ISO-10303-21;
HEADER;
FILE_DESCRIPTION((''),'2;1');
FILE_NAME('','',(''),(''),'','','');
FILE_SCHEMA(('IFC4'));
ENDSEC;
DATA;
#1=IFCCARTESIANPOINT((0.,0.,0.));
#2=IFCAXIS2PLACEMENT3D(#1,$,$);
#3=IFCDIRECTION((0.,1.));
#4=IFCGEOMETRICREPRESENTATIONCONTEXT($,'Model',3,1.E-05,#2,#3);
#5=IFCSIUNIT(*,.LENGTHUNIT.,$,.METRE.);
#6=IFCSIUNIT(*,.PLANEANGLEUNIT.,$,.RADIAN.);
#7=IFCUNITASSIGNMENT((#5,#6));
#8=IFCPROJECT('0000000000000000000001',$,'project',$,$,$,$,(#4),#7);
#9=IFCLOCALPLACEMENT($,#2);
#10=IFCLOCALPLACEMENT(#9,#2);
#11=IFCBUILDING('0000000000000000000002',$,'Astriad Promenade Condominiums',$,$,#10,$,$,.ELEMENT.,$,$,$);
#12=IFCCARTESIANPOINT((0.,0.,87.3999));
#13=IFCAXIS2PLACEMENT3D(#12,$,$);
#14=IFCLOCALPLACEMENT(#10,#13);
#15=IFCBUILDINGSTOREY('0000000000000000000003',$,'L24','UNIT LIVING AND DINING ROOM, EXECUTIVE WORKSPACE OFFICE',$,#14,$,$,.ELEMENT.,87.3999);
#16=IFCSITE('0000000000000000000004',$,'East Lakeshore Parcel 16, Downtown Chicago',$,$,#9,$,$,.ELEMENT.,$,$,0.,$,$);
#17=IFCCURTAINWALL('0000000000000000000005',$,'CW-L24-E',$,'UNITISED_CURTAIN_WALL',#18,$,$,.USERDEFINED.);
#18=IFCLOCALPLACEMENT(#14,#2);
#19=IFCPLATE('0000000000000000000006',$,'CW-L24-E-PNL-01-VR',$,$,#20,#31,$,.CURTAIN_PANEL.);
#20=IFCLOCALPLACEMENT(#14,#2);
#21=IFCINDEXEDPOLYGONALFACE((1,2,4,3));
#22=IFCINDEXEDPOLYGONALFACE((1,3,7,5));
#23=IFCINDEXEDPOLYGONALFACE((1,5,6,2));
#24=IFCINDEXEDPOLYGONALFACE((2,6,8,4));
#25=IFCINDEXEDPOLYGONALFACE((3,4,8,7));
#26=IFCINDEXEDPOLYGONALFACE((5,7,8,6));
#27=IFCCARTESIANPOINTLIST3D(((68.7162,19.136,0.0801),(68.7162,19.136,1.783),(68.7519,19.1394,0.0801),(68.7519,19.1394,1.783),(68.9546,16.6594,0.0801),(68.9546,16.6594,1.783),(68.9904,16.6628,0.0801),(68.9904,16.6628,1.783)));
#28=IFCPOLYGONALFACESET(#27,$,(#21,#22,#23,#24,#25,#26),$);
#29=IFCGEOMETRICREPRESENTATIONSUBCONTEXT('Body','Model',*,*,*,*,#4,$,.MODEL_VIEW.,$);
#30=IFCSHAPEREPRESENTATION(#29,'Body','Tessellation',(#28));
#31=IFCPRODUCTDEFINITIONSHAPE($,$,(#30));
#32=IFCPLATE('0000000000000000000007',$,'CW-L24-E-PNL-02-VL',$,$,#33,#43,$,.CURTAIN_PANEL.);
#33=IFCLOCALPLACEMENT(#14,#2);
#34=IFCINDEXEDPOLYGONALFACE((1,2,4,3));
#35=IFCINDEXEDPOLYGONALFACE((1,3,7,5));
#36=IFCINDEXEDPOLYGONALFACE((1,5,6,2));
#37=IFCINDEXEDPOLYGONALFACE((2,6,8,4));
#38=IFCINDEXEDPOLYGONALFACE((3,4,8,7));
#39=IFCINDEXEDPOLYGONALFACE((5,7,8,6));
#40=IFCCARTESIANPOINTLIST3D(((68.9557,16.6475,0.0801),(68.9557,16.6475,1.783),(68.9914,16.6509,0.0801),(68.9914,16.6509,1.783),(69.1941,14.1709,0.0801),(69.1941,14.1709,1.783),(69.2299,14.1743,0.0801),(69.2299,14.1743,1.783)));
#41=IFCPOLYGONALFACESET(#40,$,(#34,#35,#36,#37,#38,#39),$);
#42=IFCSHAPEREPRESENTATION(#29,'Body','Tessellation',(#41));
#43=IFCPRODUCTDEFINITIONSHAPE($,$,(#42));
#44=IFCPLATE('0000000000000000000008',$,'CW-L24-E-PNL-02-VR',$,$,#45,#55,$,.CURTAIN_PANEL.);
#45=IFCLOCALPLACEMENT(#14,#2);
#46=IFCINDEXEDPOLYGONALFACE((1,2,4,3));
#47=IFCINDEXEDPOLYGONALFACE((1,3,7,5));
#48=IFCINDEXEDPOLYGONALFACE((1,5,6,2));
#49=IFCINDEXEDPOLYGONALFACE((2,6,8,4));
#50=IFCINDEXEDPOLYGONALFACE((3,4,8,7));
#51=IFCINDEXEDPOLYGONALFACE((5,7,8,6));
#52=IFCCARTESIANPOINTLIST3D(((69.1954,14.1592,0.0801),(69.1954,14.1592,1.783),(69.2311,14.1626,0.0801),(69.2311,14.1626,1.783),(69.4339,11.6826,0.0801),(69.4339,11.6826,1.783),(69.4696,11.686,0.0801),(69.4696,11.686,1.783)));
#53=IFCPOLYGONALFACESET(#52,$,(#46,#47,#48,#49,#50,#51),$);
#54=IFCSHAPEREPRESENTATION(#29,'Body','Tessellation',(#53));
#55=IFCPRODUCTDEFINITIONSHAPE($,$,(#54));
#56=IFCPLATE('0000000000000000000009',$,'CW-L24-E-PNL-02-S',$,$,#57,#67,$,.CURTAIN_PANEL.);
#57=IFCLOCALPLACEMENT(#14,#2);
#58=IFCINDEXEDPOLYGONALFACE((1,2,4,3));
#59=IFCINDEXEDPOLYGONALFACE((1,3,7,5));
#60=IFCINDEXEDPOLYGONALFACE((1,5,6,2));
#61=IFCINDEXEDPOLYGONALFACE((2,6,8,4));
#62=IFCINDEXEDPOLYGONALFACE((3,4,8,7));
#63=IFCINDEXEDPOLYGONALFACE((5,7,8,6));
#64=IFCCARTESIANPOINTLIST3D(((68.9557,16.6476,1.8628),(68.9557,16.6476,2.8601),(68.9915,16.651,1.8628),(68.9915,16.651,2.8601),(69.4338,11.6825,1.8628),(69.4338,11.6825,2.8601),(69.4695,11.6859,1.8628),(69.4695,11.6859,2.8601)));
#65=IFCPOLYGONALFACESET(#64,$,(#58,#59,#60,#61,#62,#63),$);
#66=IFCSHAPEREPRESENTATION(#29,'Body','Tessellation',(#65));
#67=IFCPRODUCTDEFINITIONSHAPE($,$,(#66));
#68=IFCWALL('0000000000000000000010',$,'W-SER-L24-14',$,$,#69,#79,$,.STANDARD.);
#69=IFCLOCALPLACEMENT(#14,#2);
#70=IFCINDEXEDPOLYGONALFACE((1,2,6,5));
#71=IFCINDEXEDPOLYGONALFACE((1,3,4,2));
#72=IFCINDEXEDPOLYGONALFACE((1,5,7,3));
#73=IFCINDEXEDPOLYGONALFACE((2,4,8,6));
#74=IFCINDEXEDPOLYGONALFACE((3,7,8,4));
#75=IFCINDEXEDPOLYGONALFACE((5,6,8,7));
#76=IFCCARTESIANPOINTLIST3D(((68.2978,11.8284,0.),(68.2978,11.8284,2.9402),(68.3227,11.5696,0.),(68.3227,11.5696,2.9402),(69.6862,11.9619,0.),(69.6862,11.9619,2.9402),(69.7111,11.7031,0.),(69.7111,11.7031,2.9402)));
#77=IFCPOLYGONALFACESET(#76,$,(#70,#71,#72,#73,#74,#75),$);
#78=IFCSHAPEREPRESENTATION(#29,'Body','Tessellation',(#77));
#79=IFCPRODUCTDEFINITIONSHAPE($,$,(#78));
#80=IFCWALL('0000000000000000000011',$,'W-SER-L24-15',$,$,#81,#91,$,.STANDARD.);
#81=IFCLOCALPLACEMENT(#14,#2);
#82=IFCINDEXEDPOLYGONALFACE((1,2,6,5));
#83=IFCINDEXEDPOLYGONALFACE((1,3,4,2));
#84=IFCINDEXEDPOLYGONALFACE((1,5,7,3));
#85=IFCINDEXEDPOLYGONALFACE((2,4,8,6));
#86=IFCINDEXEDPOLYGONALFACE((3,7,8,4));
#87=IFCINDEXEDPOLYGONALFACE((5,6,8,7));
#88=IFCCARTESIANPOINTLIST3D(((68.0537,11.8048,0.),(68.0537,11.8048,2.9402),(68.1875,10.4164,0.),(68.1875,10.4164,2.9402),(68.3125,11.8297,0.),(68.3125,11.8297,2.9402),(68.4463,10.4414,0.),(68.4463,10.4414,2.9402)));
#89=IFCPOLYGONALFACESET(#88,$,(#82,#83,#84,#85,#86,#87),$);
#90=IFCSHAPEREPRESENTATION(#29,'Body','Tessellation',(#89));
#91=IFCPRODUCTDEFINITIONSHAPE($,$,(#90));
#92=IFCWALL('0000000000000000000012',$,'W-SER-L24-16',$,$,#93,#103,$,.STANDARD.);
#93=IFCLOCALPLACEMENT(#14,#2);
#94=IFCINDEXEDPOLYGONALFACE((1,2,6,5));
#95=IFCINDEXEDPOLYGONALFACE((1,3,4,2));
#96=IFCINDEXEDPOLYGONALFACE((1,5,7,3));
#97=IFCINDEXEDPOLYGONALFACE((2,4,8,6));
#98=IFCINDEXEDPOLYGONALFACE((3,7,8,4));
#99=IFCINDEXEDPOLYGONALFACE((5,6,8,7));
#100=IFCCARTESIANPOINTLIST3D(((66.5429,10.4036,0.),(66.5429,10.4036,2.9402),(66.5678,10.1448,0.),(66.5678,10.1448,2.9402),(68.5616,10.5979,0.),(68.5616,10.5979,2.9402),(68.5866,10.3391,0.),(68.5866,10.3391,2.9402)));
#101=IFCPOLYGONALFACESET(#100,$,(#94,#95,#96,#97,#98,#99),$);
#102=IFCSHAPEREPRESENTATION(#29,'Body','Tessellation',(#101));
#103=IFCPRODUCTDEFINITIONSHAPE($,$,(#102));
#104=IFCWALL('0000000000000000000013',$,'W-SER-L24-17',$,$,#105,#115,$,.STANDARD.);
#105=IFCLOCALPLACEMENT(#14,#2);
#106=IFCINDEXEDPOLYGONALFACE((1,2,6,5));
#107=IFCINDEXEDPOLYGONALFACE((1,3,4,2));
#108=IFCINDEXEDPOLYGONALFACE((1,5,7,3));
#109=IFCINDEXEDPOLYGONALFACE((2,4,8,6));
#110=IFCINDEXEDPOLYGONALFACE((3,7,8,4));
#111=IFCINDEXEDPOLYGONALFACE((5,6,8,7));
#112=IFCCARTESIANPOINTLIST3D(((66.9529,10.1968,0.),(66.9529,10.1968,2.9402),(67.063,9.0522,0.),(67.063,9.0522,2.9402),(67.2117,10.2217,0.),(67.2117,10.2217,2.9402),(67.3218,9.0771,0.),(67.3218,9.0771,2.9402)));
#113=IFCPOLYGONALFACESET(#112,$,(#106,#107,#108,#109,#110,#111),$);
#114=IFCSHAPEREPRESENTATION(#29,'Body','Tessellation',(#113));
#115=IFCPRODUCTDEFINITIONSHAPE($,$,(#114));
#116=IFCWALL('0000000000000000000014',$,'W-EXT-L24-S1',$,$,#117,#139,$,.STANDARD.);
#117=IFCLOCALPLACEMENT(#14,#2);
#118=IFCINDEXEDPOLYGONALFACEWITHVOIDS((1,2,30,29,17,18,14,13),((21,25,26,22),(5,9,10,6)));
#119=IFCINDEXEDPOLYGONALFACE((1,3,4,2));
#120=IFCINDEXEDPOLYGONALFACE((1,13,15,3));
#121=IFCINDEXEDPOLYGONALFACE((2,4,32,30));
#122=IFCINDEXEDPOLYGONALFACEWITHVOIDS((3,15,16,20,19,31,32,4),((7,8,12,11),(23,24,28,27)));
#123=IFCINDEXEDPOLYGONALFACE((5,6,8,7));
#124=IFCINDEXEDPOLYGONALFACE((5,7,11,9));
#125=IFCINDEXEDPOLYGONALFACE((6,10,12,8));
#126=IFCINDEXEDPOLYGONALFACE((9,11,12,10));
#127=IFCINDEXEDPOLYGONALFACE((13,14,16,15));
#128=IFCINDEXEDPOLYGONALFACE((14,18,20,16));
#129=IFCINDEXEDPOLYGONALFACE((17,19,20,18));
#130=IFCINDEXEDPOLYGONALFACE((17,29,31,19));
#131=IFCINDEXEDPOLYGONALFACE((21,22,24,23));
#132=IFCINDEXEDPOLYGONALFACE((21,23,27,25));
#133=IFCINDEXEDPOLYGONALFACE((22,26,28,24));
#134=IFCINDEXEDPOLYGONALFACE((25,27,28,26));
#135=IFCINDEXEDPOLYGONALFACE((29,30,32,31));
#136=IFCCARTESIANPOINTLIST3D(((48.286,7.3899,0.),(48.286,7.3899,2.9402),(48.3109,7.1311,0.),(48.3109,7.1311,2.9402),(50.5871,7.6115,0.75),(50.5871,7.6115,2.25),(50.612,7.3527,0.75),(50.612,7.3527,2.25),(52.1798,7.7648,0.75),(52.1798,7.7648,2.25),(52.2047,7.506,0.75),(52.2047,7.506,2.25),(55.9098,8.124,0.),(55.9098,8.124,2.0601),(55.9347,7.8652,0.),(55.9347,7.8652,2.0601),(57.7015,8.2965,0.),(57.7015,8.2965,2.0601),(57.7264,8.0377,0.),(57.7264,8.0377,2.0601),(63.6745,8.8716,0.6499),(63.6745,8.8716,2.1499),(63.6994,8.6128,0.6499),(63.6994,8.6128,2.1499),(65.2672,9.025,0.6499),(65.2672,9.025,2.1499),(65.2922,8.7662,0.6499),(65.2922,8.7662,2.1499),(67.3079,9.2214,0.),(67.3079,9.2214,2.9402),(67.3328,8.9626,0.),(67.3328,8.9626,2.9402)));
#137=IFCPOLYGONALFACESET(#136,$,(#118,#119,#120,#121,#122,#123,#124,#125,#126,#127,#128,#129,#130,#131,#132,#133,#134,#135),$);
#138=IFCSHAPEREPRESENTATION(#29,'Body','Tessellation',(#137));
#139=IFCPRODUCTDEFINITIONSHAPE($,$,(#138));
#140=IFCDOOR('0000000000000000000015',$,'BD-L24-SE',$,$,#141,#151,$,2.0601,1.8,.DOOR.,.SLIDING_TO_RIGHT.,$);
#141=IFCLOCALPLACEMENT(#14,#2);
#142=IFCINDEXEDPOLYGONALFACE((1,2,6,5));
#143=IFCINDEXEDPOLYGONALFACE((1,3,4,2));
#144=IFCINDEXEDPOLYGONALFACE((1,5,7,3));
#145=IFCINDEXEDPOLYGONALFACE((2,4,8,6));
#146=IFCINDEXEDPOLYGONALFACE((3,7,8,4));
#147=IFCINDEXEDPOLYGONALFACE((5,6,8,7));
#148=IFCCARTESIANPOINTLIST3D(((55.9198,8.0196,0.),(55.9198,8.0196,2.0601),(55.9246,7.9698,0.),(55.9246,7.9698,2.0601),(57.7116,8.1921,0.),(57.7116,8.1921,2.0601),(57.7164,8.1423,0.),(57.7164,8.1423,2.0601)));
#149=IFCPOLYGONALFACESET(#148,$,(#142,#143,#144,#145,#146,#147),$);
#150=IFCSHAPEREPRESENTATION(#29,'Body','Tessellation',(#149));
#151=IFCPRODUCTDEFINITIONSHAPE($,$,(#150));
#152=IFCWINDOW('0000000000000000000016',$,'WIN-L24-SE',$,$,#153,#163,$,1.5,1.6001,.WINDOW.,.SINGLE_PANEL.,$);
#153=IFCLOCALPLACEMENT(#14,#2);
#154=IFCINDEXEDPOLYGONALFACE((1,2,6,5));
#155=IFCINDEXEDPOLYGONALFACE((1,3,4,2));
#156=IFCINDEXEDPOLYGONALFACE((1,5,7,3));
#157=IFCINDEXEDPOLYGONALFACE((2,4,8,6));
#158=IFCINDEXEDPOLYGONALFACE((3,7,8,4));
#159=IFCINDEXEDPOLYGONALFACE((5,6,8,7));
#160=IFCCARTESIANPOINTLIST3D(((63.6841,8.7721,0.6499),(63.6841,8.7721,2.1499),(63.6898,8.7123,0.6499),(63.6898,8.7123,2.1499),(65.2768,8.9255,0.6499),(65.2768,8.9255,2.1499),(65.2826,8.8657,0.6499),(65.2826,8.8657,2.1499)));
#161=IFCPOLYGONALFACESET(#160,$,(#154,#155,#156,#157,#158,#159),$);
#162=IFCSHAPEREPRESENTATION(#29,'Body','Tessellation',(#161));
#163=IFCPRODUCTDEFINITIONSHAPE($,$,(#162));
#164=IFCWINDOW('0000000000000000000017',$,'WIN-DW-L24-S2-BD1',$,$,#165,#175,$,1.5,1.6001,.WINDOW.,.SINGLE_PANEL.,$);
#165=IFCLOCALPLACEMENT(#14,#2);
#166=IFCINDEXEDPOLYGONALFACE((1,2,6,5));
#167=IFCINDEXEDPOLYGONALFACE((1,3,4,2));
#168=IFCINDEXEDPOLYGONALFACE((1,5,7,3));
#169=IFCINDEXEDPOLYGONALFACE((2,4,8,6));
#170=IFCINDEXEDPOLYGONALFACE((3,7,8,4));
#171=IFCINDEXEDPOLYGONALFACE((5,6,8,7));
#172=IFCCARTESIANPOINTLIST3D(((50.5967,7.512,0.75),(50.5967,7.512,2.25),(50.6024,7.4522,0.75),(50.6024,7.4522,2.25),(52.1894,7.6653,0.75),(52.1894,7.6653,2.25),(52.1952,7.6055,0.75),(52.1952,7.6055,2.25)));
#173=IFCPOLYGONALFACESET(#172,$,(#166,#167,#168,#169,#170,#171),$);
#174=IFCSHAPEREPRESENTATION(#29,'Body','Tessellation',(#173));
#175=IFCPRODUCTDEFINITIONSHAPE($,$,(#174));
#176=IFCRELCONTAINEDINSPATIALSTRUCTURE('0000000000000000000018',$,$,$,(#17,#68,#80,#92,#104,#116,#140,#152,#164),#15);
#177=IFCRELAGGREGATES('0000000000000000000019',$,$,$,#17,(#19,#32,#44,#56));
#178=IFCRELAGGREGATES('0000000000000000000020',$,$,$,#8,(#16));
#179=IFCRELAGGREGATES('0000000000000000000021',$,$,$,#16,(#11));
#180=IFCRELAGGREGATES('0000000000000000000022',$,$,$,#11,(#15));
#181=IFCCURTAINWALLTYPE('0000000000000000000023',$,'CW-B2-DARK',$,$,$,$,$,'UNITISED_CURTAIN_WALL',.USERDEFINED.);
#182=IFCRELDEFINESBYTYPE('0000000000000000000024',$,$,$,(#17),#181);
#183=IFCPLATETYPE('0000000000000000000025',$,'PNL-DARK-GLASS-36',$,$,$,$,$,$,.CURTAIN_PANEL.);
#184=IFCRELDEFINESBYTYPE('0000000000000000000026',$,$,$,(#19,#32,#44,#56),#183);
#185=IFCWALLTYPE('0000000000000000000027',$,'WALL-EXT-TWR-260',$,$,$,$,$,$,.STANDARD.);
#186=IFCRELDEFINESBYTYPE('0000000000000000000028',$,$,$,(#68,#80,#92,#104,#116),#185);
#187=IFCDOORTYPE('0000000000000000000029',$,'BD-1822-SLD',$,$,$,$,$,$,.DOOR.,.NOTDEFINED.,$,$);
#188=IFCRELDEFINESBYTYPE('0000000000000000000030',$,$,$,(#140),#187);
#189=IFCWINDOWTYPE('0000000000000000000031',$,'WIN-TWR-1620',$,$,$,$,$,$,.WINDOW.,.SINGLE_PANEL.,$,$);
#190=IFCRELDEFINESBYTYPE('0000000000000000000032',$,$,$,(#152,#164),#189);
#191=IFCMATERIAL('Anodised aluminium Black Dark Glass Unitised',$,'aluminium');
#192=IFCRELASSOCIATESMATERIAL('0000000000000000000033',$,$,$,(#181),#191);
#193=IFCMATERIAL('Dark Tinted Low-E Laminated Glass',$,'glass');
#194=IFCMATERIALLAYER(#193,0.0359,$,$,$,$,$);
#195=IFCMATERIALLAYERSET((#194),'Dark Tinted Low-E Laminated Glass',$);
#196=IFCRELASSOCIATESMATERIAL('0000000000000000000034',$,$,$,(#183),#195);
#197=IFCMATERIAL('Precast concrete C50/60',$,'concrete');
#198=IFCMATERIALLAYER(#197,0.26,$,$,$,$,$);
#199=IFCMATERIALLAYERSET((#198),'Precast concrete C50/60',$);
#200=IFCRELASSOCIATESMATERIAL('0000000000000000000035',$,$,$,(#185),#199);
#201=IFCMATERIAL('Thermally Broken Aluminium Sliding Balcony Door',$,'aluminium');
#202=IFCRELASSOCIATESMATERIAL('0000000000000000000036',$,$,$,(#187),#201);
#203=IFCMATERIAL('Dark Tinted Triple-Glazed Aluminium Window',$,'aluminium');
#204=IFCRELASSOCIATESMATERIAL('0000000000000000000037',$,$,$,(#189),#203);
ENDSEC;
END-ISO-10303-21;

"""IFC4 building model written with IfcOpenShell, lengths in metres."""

from ifc_helpers import new_model, si_unit, direction, frame, frame_2d, origin, origin_2d, place, context, subcontext, project, spatial, rectangle, extrude, source, transform, mapped, material, layer, layer_set, type_object, type_shapes, element, fill, aggregate, save


model = new_model("IFC4")

# Units and contexts
model_context = context("Model", 3, precision=1e-05, world=origin(), true_north=direction((0.0, 1.0)))
body_context = subcontext(model_context, "Body", "Model", "MODEL_VIEW")
ifc_project = project(units=[si_unit("LENGTHUNIT", "METRE"), si_unit("PLANEANGLEUNIT", "RADIAN")], contexts=[model_context])

# Site, building, storey
site_placement = place(None, origin())
site = spatial("IfcSite", under=ifc_project, at=site_placement, Name="East Lakeshore Parcel 16, Downtown Chicago", CompositionType="ELEMENT", RefElevation=0.0)
building_placement = place(site_placement, origin())
building = spatial("IfcBuilding", under=site, at=building_placement, Name="Astriad Promenade Condominiums", CompositionType="ELEMENT")
storey_placement = place(building_placement, frame((0.0, 0.0, 87.3999)))
storey = spatial("IfcBuildingStorey", under=building, at=storey_placement, Name="L24", Description="UNIT LIVING AND DINING ROOM, EXECUTIVE WORKSPACE OFFICE", CompositionType="ELEMENT", Elevation=87.3999)

# Curtain wall, plates
ifc_material_1 = material(Name="Anodised aluminium Black Dark Glass Unitised", Category="aluminium")
curtain_wall_type = type_object("IfcCurtainWallType", Name="CW-B2-DARK", ElementType="UNITISED_CURTAIN_WALL", PredefinedType="USERDEFINED", material=ifc_material_1)
curtain_wall_placement = place(storey_placement, origin())
curtain_wall = element("IfcCurtainWall", 1, at=curtain_wall_placement, inside=storey, type_object=curtain_wall_type, Name="CW-L24-E", ObjectType="UNITISED_CURTAIN_WALL", PredefinedType="USERDEFINED")
ifc_material_2 = material(Name="Dark Tinted Low-E Laminated Glass", Category="glass")
ifc_layer_1 = layer(ifc_material_2, 0.0359)
ifc_layer_set_1 = layer_set([ifc_layer_1], Name="Dark Tinted Low-E Laminated Glass")
plate_type = type_object("IfcPlateType", Name="PNL-DARK-GLASS-36", PredefinedType="CURTAIN_PANEL", material=ifc_layer_set_1)
shared_shape_1 = source(origin(), body_context, "Body", "SweptSolid", [
    extrude(rectangle(XDim=2.488, YDim=0.0359, at=origin_2d()), origin(), (0.0, 0.0, 1.0), 1.7029),
])
plate_1_placement = place(storey_placement, frame((68.8533, 17.8994, 0.0801), z_axis=(0.0, 0.0, 1.0), x_axis=(0.095846, -0.995396, 0.0)))
plate_1 = element("IfcPlate", 2, at=plate_1_placement, type_object=plate_type, Name="CW-L24-E-PNL-01-VR", PredefinedType="CURTAIN_PANEL", context=body_context, shape_type="MappedRepresentation", body=[
    mapped(shared_shape_1, transform((0.0, 0.0, 0.0), scale=1.0)),
])
plate_2_placement = place(storey_placement, frame((69.0928, 15.4109, 0.0801), z_axis=(0.0, 0.0, 1.0), x_axis=(0.095846, -0.995396, 0.0)))
plate_2 = element("IfcPlate", 3, at=plate_2_placement, type_object=plate_type, Name="CW-L24-E-PNL-02-VL", PredefinedType="CURTAIN_PANEL", context=body_context, shape_type="MappedRepresentation", body=[
    mapped(shared_shape_1, transform((0.0, 0.0, 0.0), scale=1.0)),
])
plate_3_placement = place(storey_placement, frame((69.3325, 12.9226, 0.0801), z_axis=(0.0, 0.0, 1.0), x_axis=(0.095846, -0.995396, 0.0)))
plate_3 = element("IfcPlate", 4, at=plate_3_placement, type_object=plate_type, Name="CW-L24-E-PNL-02-VR", PredefinedType="CURTAIN_PANEL", context=body_context, shape_type="MappedRepresentation", body=[
    mapped(shared_shape_1, transform((0.0, 0.0, 0.0), scale=1.0)),
])
shared_shape_2 = source(origin(), body_context, "Body", "SweptSolid", [
    extrude(rectangle(XDim=4.988, YDim=0.0359, at=origin_2d()), origin(), (0.0, 0.0, 1.0), 0.9973),
])
type_shapes(plate_type, [shared_shape_1, shared_shape_2])
plate_4_placement = place(storey_placement, frame((69.2126, 14.1667, 1.8628), z_axis=(0.0, 0.0, 1.0), x_axis=(0.095846, -0.995396, 0.0)))
plate_4 = element("IfcPlate", 5, at=plate_4_placement, type_object=plate_type, Name="CW-L24-E-PNL-02-S", PredefinedType="CURTAIN_PANEL", context=body_context, shape_type="MappedRepresentation", body=[
    mapped(shared_shape_2, transform((0.0, 0.0, 0.0), scale=1.0)),
])
aggregate(curtain_wall, [plate_1, plate_2, plate_3, plate_4])

# Walls
ifc_material_3 = material(Name="Precast concrete C50/60", Category="concrete")
ifc_layer_2 = layer(ifc_material_3, 0.26)
ifc_layer_set_2 = layer_set([ifc_layer_2], Name="Precast concrete C50/60")
wall_type_1 = type_object("IfcWallType", Name="WALL-EXT-TWR-260", PredefinedType="STANDARD", material=ifc_layer_set_2)
for number, where, z_axis, x_axis, name in (
    (6, (69.6985, 11.8325, 0.0), (0.0, 0.0, 1.0), (-0.995406, -0.095742, 0.0), "W-SER-L24-14"),
    (7, (68.1831, 11.8171, 0.0), (0.0, 0.0, 1.0), (0.095916, -0.995389, 0.0), "W-SER-L24-15"),
):
    element("IfcWall", number, at=place(storey_placement, frame(where, z_axis=z_axis, x_axis=x_axis)), inside=storey, type_object=wall_type_1, Name=name, PredefinedType="STANDARD", context=body_context, shape_type="SweptSolid", body=[
        extrude(rectangle(XDim=1.3948, YDim=0.26, at=frame_2d((0.6973, 0.0))), origin(), (0.0, 0.0, 1.0), 2.9402),
    ])
wall_1_placement = place(storey_placement, frame((68.5742, 10.4685, 0.0), z_axis=(0.0, 0.0, 1.0), x_axis=(-0.995399, -0.09582, 0.0)))
element("IfcWall", 8, at=wall_1_placement, inside=storey, type_object=wall_type_1, Name="W-SER-L24-16", PredefinedType="STANDARD", context=body_context, shape_type="SweptSolid", body=[
    extrude(rectangle(XDim=2.0281, YDim=0.26, at=frame_2d((1.0142, 0.0))), origin(), (0.0, 0.0, 1.0), 2.9402),
])
wall_2_placement = place(storey_placement, frame((67.0823, 10.2092, 0.0), z_axis=(0.0, 0.0, 1.0), x_axis=(0.095761, -0.995404, 0.0)))
element("IfcWall", 9, at=wall_2_placement, inside=storey, type_object=wall_type_1, Name="W-SER-L24-17", PredefinedType="STANDARD", context=body_context, shape_type="SweptSolid", body=[
    extrude(rectangle(XDim=1.1499, YDim=0.26, at=frame_2d((0.575, 0.0))), origin(), (0.0, 0.0, 1.0), 2.9402),
])

# Wall, openings, door, windows
wall_3_placement = place(storey_placement, frame((67.3203, 9.092, 0.0), z_axis=(0.0, 0.0, 1.0), x_axis=(-0.995397, -0.095842, 0.0)))
wall_3 = element("IfcWall", 10, at=wall_3_placement, inside=storey, type_object=wall_type_1, Name="W-EXT-L24-S1", PredefinedType="STANDARD", context=body_context, shape_type="SweptSolid", body=[
    extrude(rectangle(XDim=19.1099, YDim=0.26, at=frame_2d((9.5549, 0.0))), origin(), (0.0, 0.0, 1.0), 2.9402),
])
opening_1_placement = place(wall_3_placement, frame((9.6509, 0.0, 0.0)))
opening_1 = element("IfcOpeningElement", 11, at=opening_1_placement, cuts=wall_3, PredefinedType="OPENING", context=body_context, shape_type="SweptSolid", body=[
    extrude(rectangle(XDim=1.8, YDim=2.0601, at=frame_2d((0.8999, 1.03))), frame((0.0, 0.1399, 0.0), z_axis=(0.0, -1.0, 0.0), x_axis=(1.0, 0.0, 0.0)), (0.0, 0.0, 1.0), 0.28),
])
opening_2_placement = place(wall_3_placement, frame((2.05, 0.0, 0.6499)))
opening_2 = element("IfcOpeningElement", 12, at=opening_2_placement, cuts=wall_3, PredefinedType="OPENING", context=body_context, shape_type="SweptSolid", body=[
    extrude(rectangle(XDim=1.6001, YDim=1.5, at=frame_2d((0.8, 0.75))), frame((0.0, 0.1399, 0.0), z_axis=(0.0, -1.0, 0.0), x_axis=(1.0, 0.0, 0.0)), (0.0, 0.0, 1.0), 0.28),
])
opening_3_placement = place(wall_3_placement, frame((15.198, 0.0, 0.75)))
opening_3 = element("IfcOpeningElement", 13, at=opening_3_placement, cuts=wall_3, PredefinedType="OPENING", context=body_context, shape_type="SweptSolid", body=[
    extrude(rectangle(XDim=1.6001, YDim=1.5, at=frame_2d((0.8, 0.75))), frame((0.0, 0.1399, 0.0), z_axis=(0.0, -1.0, 0.0), x_axis=(1.0, 0.0, 0.0)), (0.0, 0.0, 1.0), 0.28),
])
ifc_material_4 = material(Name="Thermally Broken Aluminium Sliding Balcony Door", Category="aluminium")
door_type = type_object("IfcDoorType", Name="BD-1822-SLD", OperationType="NOTDEFINED", PredefinedType="DOOR", material=ifc_material_4)
shared_shape_3 = source(origin(), body_context, "Body", "SweptSolid", [
    extrude(rectangle(XDim=1.8, YDim=2.0601, at=frame_2d((0.8999, 1.03))), frame((0.0, 0.0249, 0.0), z_axis=(0.0, -1.0, 0.0), x_axis=(1.0, 0.0, 0.0)), (0.0, 0.0, 1.0), 0.05),
])
type_shapes(door_type, [shared_shape_3])
door_placement = place(opening_1_placement, origin())
door = element("IfcDoor", 14, at=door_placement, inside=storey, type_object=door_type, Name="BD-L24-SE", OperationType="SLIDING_TO_RIGHT", OverallHeight=2.0601, OverallWidth=1.8, PredefinedType="DOOR", context=body_context, shape_type="MappedRepresentation", body=[
    mapped(shared_shape_3, transform((0.0, 0.0, 0.0), scale=1.0)),
])
fill(opening_1, door)
ifc_material_5 = material(Name="Dark Tinted Triple-Glazed Aluminium Window", Category="aluminium")
window_type = type_object("IfcWindowType", Name="WIN-TWR-1620", PartitioningType="SINGLE_PANEL", PredefinedType="WINDOW", material=ifc_material_5)
shared_shape_4 = source(origin(), body_context, "Body", "SweptSolid", [
    extrude(rectangle(XDim=1.6001, YDim=1.5, at=frame_2d((0.8, 0.75))), frame((0.0, 0.03, 0.0), z_axis=(0.0, -1.0, 0.0), x_axis=(1.0, 0.0, 0.0)), (0.0, 0.0, 1.0), 0.0601),
])
type_shapes(window_type, [shared_shape_4])
window_1_placement = place(opening_2_placement, origin())
window_1 = element("IfcWindow", 15, at=window_1_placement, inside=storey, type_object=window_type, Name="WIN-L24-SE", OverallHeight=1.5, OverallWidth=1.6001, PartitioningType="SINGLE_PANEL", PredefinedType="WINDOW", context=body_context, shape_type="MappedRepresentation", body=[
    mapped(shared_shape_4, transform((0.0, 0.0, 0.0), scale=1.0)),
])
fill(opening_2, window_1)
window_2_placement = place(opening_3_placement, origin())
window_2 = element("IfcWindow", 16, at=window_2_placement, inside=storey, type_object=window_type, Name="WIN-DW-L24-S2-BD1", OverallHeight=1.5, OverallWidth=1.6001, PartitioningType="SINGLE_PANEL", PredefinedType="WINDOW", context=body_context, shape_type="MappedRepresentation", body=[
    mapped(shared_shape_4, transform((0.0, 0.0, 0.0), scale=1.0)),
])
fill(opening_3, window_2)

save(model, "model.ifc")
